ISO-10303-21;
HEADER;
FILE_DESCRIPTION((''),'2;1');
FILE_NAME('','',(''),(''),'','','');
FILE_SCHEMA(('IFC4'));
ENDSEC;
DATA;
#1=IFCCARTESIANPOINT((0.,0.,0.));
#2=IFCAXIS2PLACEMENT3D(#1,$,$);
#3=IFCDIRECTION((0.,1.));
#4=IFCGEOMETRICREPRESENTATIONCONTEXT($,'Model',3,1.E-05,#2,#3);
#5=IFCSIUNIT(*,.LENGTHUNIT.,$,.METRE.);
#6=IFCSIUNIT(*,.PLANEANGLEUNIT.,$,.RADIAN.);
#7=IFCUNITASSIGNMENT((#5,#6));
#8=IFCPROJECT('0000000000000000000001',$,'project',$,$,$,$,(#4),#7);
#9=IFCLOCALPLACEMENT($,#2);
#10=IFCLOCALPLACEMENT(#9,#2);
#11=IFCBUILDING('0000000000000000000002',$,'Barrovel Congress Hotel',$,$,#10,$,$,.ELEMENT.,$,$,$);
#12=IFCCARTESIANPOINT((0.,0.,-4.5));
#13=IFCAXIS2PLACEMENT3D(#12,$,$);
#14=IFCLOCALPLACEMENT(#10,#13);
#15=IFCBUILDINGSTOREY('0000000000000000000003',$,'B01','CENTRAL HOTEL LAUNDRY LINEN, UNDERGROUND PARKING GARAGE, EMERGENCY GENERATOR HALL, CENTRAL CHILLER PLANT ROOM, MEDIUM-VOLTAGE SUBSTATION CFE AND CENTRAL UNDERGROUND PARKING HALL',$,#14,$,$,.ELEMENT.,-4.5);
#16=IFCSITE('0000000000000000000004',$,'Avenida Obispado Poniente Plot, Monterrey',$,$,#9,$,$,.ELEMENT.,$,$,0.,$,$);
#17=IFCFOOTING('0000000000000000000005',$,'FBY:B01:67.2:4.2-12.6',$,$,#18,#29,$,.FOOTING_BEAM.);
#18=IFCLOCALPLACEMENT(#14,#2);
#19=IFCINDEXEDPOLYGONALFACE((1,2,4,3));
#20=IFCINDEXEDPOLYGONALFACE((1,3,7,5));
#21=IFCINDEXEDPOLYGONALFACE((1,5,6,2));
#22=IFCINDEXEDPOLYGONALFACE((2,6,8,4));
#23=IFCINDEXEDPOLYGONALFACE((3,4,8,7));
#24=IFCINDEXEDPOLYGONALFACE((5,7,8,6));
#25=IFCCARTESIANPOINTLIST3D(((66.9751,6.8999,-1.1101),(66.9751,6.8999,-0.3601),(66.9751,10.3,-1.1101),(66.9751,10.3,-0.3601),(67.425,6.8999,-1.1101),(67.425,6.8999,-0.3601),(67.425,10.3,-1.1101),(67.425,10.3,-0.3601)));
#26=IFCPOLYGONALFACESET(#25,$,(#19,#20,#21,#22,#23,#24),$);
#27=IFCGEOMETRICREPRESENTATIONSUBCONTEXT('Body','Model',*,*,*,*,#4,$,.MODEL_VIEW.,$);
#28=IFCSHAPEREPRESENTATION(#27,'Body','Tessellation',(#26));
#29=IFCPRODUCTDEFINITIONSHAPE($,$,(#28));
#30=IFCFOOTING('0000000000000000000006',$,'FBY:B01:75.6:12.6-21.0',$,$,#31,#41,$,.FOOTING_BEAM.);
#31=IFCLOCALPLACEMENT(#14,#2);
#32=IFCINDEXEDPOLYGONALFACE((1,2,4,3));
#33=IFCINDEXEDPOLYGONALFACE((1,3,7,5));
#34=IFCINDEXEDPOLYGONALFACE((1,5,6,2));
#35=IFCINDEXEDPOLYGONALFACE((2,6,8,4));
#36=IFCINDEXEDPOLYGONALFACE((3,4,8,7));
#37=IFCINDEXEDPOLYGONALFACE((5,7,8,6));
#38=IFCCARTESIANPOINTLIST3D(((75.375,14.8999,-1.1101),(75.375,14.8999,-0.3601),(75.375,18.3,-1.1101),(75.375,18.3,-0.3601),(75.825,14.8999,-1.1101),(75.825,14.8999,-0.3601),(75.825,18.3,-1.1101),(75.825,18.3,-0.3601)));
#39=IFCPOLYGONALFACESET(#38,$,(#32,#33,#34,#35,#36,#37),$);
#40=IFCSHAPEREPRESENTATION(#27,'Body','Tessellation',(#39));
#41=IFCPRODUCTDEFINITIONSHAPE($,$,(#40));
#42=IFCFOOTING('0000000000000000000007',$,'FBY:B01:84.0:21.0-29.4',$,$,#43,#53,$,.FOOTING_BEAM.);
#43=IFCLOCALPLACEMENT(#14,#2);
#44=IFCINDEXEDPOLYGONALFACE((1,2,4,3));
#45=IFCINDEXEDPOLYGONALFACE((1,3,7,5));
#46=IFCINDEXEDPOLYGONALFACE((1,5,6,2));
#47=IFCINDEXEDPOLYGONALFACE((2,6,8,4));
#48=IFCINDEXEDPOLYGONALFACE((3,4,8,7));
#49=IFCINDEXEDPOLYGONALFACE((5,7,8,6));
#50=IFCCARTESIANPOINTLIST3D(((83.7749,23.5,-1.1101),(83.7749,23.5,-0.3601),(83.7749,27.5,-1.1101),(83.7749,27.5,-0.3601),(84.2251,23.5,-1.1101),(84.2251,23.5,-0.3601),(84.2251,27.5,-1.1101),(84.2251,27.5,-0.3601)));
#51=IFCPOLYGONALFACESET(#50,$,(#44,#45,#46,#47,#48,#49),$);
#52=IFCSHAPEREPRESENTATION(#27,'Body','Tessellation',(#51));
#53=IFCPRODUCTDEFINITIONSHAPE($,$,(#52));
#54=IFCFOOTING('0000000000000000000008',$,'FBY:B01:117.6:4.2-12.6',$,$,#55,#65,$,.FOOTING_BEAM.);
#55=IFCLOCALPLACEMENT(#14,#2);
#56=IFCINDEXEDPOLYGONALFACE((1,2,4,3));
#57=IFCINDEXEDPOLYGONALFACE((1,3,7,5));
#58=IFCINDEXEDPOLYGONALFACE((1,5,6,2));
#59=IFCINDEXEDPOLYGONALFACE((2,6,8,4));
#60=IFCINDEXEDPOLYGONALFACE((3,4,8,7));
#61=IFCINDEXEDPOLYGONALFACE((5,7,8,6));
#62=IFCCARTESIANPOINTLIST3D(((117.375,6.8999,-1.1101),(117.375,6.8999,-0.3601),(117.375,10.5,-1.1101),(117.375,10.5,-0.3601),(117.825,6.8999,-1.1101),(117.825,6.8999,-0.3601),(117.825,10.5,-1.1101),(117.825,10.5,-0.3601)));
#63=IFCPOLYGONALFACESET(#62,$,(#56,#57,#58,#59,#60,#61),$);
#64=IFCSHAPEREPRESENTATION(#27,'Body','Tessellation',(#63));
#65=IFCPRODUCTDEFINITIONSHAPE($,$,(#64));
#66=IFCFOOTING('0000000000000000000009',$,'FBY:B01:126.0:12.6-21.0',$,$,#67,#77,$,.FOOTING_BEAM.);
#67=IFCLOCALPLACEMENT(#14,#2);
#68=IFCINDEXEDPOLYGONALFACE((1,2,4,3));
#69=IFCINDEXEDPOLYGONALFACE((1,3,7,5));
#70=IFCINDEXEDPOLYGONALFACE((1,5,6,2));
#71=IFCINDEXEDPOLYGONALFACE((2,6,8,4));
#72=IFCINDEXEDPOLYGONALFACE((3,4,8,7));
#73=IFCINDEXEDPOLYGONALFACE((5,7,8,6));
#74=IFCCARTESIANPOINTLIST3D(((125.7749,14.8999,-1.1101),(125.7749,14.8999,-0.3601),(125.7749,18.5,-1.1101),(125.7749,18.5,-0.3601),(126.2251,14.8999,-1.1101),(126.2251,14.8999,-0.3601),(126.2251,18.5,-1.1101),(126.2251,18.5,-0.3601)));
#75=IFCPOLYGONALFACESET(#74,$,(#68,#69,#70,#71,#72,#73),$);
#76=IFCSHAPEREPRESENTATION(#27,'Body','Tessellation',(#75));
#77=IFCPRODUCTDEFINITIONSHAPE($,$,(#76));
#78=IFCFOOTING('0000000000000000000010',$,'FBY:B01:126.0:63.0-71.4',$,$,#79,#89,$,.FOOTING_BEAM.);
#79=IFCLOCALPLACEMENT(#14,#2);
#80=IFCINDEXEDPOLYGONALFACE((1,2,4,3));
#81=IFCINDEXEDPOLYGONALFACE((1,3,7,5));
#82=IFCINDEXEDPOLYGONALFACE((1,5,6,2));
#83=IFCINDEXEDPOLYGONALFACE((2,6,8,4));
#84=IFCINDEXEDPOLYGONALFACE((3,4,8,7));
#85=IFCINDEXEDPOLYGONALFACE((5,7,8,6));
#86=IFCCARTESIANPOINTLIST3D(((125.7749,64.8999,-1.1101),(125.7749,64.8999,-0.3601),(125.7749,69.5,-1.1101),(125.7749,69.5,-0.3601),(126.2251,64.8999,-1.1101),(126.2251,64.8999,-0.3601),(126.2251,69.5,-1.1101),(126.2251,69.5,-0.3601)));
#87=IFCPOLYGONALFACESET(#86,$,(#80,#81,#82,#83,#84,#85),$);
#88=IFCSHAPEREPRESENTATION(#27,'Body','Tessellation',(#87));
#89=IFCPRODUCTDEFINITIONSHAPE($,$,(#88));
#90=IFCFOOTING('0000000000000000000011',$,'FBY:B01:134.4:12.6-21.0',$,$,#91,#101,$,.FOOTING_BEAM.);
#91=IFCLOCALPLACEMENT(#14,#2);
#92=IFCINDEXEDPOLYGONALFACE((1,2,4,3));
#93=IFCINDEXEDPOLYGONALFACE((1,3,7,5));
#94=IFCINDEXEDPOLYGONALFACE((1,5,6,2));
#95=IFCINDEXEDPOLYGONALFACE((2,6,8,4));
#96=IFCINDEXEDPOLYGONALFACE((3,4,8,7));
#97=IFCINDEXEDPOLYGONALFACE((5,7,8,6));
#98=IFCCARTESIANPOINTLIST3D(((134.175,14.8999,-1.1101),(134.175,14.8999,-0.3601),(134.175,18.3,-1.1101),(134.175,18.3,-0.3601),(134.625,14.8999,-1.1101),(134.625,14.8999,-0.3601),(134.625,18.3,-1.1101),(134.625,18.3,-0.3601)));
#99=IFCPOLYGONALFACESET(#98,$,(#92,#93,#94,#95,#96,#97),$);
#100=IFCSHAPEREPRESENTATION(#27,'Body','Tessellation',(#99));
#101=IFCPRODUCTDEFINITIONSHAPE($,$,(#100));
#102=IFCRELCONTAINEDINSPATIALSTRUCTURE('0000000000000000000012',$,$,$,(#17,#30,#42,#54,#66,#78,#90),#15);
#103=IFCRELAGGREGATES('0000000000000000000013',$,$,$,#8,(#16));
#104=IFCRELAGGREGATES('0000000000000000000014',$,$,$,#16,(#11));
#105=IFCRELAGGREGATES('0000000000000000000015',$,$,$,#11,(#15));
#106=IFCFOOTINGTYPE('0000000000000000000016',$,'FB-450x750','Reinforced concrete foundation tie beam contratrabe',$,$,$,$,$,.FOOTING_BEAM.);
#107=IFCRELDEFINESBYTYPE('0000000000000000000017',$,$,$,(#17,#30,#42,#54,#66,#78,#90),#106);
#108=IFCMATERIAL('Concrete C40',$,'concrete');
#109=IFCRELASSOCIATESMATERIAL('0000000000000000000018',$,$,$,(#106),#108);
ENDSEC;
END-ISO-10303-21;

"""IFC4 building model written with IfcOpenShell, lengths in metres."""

from ifc_helpers import new_model, si_unit, direction, frame, origin, place, context, subcontext, project, spatial, polyline, outline, extrude, material, type_object, element, save


model = new_model("IFC4")

# Units and contexts
model_context = context("Model", 3, precision=1e-05, world=origin(), true_north=direction((0.0, 1.0)))
body_context = subcontext(model_context, "Body", "Model", "MODEL_VIEW")
ifc_project = project(units=[si_unit("LENGTHUNIT", "METRE"), si_unit("PLANEANGLEUNIT", "RADIAN")], contexts=[model_context])

# Site, building, storey
site_placement = place(None, origin())
site = spatial("IfcSite", under=ifc_project, at=site_placement, Name="Avenida Obispado Poniente Plot, Monterrey", CompositionType="ELEMENT", RefElevation=0.0)
building_placement = place(site_placement, origin())
building = spatial("IfcBuilding", under=site, at=building_placement, Name="Barrovel Congress Hotel", CompositionType="ELEMENT")
storey_placement = place(building_placement, frame((0.0, 0.0, -4.5)))
storey = spatial("IfcBuildingStorey", under=building, at=storey_placement, Name="B01", Description="CENTRAL HOTEL LAUNDRY LINEN, UNDERGROUND PARKING GARAGE, EMERGENCY GENERATOR HALL, CENTRAL CHILLER PLANT ROOM, MEDIUM-VOLTAGE SUBSTATION CFE AND CENTRAL UNDERGROUND PARKING HALL", CompositionType="ELEMENT", Elevation=-4.5)

# Footings
ifc_material = material(Name="Concrete C40", Category="concrete")
footing_type_1 = type_object("IfcFootingType", Name="FB-450x750", Description="Reinforced concrete foundation tie beam contratrabe", PredefinedType="FOOTING_BEAM", material=ifc_material)
footing_1_placement = place(storey_placement, frame((0.0, 0.0, -1.1101)))
element("IfcFooting", 1, at=footing_1_placement, inside=storey, type_object=footing_type_1, Name="FBY:B01:67.2:4.2-12.6", PredefinedType="FOOTING_BEAM", context=body_context, shape_type="SweptSolid", body=[
    extrude(outline(polyline([(66.9751, 6.8999), (67.425, 6.8999), (67.425, 10.3), (66.9751, 10.3), (66.9751, 6.8999)])), origin(), (0.0, 0.0, 1.0), 0.75),
])
footing_2_placement = place(storey_placement, frame((0.0, 0.0, -1.1101)))
element("IfcFooting", 2, at=footing_2_placement, inside=storey, type_object=footing_type_1, Name="FBY:B01:75.6:12.6-21.0", PredefinedType="FOOTING_BEAM", context=body_context, shape_type="SweptSolid", body=[
    extrude(outline(polyline([(75.375, 14.8999), (75.825, 14.8999), (75.825, 18.3), (75.375, 18.3), (75.375, 14.8999)])), origin(), (0.0, 0.0, 1.0), 0.75),
])
footing_3_placement = place(storey_placement, frame((0.0, 0.0, -1.1101)))
element("IfcFooting", 3, at=footing_3_placement, inside=storey, type_object=footing_type_1, Name="FBY:B01:84.0:21.0-29.4", PredefinedType="FOOTING_BEAM", context=body_context, shape_type="SweptSolid", body=[
    extrude(outline(polyline([(83.7749, 23.5), (84.2251, 23.5), (84.2251, 27.5), (83.7749, 27.5), (83.7749, 23.5)])), origin(), (0.0, 0.0, 1.0), 0.75),
])
footing_4_placement = place(storey_placement, frame((0.0, 0.0, -1.1101)))
element("IfcFooting", 4, at=footing_4_placement, inside=storey, type_object=footing_type_1, Name="FBY:B01:117.6:4.2-12.6", PredefinedType="FOOTING_BEAM", context=body_context, shape_type="SweptSolid", body=[
    extrude(outline(polyline([(117.375, 6.8999), (117.825, 6.8999), (117.825, 10.5), (117.375, 10.5), (117.375, 6.8999)])), origin(), (0.0, 0.0, 1.0), 0.75),
])
footing_5_placement = place(storey_placement, frame((0.0, 0.0, -1.1101)))
element("IfcFooting", 5, at=footing_5_placement, inside=storey, type_object=footing_type_1, Name="FBY:B01:126.0:12.6-21.0", PredefinedType="FOOTING_BEAM", context=body_context, shape_type="SweptSolid", body=[
    extrude(outline(polyline([(125.7749, 14.8999), (126.2251, 14.8999), (126.2251, 18.5), (125.7749, 18.5), (125.7749, 14.8999)])), origin(), (0.0, 0.0, 1.0), 0.75),
])
footing_6_placement = place(storey_placement, frame((0.0, 0.0, -1.1101)))
element("IfcFooting", 6, at=footing_6_placement, inside=storey, type_object=footing_type_1, Name="FBY:B01:126.0:63.0-71.4", PredefinedType="FOOTING_BEAM", context=body_context, shape_type="SweptSolid", body=[
    extrude(outline(polyline([(125.7749, 64.8999), (126.2251, 64.8999), (126.2251, 69.5), (125.7749, 69.5), (125.7749, 64.8999)])), origin(), (0.0, 0.0, 1.0), 0.75),
])
footing_7_placement = place(storey_placement, frame((0.0, 0.0, -1.1101)))
element("IfcFooting", 7, at=footing_7_placement, inside=storey, type_object=footing_type_1, Name="FBY:B01:134.4:12.6-21.0", PredefinedType="FOOTING_BEAM", context=body_context, shape_type="SweptSolid", body=[
    extrude(outline(polyline([(134.175, 14.8999), (134.625, 14.8999), (134.625, 18.3), (134.175, 18.3), (134.175, 14.8999)])), origin(), (0.0, 0.0, 1.0), 0.75),
])

save(model, "model.ifc")
